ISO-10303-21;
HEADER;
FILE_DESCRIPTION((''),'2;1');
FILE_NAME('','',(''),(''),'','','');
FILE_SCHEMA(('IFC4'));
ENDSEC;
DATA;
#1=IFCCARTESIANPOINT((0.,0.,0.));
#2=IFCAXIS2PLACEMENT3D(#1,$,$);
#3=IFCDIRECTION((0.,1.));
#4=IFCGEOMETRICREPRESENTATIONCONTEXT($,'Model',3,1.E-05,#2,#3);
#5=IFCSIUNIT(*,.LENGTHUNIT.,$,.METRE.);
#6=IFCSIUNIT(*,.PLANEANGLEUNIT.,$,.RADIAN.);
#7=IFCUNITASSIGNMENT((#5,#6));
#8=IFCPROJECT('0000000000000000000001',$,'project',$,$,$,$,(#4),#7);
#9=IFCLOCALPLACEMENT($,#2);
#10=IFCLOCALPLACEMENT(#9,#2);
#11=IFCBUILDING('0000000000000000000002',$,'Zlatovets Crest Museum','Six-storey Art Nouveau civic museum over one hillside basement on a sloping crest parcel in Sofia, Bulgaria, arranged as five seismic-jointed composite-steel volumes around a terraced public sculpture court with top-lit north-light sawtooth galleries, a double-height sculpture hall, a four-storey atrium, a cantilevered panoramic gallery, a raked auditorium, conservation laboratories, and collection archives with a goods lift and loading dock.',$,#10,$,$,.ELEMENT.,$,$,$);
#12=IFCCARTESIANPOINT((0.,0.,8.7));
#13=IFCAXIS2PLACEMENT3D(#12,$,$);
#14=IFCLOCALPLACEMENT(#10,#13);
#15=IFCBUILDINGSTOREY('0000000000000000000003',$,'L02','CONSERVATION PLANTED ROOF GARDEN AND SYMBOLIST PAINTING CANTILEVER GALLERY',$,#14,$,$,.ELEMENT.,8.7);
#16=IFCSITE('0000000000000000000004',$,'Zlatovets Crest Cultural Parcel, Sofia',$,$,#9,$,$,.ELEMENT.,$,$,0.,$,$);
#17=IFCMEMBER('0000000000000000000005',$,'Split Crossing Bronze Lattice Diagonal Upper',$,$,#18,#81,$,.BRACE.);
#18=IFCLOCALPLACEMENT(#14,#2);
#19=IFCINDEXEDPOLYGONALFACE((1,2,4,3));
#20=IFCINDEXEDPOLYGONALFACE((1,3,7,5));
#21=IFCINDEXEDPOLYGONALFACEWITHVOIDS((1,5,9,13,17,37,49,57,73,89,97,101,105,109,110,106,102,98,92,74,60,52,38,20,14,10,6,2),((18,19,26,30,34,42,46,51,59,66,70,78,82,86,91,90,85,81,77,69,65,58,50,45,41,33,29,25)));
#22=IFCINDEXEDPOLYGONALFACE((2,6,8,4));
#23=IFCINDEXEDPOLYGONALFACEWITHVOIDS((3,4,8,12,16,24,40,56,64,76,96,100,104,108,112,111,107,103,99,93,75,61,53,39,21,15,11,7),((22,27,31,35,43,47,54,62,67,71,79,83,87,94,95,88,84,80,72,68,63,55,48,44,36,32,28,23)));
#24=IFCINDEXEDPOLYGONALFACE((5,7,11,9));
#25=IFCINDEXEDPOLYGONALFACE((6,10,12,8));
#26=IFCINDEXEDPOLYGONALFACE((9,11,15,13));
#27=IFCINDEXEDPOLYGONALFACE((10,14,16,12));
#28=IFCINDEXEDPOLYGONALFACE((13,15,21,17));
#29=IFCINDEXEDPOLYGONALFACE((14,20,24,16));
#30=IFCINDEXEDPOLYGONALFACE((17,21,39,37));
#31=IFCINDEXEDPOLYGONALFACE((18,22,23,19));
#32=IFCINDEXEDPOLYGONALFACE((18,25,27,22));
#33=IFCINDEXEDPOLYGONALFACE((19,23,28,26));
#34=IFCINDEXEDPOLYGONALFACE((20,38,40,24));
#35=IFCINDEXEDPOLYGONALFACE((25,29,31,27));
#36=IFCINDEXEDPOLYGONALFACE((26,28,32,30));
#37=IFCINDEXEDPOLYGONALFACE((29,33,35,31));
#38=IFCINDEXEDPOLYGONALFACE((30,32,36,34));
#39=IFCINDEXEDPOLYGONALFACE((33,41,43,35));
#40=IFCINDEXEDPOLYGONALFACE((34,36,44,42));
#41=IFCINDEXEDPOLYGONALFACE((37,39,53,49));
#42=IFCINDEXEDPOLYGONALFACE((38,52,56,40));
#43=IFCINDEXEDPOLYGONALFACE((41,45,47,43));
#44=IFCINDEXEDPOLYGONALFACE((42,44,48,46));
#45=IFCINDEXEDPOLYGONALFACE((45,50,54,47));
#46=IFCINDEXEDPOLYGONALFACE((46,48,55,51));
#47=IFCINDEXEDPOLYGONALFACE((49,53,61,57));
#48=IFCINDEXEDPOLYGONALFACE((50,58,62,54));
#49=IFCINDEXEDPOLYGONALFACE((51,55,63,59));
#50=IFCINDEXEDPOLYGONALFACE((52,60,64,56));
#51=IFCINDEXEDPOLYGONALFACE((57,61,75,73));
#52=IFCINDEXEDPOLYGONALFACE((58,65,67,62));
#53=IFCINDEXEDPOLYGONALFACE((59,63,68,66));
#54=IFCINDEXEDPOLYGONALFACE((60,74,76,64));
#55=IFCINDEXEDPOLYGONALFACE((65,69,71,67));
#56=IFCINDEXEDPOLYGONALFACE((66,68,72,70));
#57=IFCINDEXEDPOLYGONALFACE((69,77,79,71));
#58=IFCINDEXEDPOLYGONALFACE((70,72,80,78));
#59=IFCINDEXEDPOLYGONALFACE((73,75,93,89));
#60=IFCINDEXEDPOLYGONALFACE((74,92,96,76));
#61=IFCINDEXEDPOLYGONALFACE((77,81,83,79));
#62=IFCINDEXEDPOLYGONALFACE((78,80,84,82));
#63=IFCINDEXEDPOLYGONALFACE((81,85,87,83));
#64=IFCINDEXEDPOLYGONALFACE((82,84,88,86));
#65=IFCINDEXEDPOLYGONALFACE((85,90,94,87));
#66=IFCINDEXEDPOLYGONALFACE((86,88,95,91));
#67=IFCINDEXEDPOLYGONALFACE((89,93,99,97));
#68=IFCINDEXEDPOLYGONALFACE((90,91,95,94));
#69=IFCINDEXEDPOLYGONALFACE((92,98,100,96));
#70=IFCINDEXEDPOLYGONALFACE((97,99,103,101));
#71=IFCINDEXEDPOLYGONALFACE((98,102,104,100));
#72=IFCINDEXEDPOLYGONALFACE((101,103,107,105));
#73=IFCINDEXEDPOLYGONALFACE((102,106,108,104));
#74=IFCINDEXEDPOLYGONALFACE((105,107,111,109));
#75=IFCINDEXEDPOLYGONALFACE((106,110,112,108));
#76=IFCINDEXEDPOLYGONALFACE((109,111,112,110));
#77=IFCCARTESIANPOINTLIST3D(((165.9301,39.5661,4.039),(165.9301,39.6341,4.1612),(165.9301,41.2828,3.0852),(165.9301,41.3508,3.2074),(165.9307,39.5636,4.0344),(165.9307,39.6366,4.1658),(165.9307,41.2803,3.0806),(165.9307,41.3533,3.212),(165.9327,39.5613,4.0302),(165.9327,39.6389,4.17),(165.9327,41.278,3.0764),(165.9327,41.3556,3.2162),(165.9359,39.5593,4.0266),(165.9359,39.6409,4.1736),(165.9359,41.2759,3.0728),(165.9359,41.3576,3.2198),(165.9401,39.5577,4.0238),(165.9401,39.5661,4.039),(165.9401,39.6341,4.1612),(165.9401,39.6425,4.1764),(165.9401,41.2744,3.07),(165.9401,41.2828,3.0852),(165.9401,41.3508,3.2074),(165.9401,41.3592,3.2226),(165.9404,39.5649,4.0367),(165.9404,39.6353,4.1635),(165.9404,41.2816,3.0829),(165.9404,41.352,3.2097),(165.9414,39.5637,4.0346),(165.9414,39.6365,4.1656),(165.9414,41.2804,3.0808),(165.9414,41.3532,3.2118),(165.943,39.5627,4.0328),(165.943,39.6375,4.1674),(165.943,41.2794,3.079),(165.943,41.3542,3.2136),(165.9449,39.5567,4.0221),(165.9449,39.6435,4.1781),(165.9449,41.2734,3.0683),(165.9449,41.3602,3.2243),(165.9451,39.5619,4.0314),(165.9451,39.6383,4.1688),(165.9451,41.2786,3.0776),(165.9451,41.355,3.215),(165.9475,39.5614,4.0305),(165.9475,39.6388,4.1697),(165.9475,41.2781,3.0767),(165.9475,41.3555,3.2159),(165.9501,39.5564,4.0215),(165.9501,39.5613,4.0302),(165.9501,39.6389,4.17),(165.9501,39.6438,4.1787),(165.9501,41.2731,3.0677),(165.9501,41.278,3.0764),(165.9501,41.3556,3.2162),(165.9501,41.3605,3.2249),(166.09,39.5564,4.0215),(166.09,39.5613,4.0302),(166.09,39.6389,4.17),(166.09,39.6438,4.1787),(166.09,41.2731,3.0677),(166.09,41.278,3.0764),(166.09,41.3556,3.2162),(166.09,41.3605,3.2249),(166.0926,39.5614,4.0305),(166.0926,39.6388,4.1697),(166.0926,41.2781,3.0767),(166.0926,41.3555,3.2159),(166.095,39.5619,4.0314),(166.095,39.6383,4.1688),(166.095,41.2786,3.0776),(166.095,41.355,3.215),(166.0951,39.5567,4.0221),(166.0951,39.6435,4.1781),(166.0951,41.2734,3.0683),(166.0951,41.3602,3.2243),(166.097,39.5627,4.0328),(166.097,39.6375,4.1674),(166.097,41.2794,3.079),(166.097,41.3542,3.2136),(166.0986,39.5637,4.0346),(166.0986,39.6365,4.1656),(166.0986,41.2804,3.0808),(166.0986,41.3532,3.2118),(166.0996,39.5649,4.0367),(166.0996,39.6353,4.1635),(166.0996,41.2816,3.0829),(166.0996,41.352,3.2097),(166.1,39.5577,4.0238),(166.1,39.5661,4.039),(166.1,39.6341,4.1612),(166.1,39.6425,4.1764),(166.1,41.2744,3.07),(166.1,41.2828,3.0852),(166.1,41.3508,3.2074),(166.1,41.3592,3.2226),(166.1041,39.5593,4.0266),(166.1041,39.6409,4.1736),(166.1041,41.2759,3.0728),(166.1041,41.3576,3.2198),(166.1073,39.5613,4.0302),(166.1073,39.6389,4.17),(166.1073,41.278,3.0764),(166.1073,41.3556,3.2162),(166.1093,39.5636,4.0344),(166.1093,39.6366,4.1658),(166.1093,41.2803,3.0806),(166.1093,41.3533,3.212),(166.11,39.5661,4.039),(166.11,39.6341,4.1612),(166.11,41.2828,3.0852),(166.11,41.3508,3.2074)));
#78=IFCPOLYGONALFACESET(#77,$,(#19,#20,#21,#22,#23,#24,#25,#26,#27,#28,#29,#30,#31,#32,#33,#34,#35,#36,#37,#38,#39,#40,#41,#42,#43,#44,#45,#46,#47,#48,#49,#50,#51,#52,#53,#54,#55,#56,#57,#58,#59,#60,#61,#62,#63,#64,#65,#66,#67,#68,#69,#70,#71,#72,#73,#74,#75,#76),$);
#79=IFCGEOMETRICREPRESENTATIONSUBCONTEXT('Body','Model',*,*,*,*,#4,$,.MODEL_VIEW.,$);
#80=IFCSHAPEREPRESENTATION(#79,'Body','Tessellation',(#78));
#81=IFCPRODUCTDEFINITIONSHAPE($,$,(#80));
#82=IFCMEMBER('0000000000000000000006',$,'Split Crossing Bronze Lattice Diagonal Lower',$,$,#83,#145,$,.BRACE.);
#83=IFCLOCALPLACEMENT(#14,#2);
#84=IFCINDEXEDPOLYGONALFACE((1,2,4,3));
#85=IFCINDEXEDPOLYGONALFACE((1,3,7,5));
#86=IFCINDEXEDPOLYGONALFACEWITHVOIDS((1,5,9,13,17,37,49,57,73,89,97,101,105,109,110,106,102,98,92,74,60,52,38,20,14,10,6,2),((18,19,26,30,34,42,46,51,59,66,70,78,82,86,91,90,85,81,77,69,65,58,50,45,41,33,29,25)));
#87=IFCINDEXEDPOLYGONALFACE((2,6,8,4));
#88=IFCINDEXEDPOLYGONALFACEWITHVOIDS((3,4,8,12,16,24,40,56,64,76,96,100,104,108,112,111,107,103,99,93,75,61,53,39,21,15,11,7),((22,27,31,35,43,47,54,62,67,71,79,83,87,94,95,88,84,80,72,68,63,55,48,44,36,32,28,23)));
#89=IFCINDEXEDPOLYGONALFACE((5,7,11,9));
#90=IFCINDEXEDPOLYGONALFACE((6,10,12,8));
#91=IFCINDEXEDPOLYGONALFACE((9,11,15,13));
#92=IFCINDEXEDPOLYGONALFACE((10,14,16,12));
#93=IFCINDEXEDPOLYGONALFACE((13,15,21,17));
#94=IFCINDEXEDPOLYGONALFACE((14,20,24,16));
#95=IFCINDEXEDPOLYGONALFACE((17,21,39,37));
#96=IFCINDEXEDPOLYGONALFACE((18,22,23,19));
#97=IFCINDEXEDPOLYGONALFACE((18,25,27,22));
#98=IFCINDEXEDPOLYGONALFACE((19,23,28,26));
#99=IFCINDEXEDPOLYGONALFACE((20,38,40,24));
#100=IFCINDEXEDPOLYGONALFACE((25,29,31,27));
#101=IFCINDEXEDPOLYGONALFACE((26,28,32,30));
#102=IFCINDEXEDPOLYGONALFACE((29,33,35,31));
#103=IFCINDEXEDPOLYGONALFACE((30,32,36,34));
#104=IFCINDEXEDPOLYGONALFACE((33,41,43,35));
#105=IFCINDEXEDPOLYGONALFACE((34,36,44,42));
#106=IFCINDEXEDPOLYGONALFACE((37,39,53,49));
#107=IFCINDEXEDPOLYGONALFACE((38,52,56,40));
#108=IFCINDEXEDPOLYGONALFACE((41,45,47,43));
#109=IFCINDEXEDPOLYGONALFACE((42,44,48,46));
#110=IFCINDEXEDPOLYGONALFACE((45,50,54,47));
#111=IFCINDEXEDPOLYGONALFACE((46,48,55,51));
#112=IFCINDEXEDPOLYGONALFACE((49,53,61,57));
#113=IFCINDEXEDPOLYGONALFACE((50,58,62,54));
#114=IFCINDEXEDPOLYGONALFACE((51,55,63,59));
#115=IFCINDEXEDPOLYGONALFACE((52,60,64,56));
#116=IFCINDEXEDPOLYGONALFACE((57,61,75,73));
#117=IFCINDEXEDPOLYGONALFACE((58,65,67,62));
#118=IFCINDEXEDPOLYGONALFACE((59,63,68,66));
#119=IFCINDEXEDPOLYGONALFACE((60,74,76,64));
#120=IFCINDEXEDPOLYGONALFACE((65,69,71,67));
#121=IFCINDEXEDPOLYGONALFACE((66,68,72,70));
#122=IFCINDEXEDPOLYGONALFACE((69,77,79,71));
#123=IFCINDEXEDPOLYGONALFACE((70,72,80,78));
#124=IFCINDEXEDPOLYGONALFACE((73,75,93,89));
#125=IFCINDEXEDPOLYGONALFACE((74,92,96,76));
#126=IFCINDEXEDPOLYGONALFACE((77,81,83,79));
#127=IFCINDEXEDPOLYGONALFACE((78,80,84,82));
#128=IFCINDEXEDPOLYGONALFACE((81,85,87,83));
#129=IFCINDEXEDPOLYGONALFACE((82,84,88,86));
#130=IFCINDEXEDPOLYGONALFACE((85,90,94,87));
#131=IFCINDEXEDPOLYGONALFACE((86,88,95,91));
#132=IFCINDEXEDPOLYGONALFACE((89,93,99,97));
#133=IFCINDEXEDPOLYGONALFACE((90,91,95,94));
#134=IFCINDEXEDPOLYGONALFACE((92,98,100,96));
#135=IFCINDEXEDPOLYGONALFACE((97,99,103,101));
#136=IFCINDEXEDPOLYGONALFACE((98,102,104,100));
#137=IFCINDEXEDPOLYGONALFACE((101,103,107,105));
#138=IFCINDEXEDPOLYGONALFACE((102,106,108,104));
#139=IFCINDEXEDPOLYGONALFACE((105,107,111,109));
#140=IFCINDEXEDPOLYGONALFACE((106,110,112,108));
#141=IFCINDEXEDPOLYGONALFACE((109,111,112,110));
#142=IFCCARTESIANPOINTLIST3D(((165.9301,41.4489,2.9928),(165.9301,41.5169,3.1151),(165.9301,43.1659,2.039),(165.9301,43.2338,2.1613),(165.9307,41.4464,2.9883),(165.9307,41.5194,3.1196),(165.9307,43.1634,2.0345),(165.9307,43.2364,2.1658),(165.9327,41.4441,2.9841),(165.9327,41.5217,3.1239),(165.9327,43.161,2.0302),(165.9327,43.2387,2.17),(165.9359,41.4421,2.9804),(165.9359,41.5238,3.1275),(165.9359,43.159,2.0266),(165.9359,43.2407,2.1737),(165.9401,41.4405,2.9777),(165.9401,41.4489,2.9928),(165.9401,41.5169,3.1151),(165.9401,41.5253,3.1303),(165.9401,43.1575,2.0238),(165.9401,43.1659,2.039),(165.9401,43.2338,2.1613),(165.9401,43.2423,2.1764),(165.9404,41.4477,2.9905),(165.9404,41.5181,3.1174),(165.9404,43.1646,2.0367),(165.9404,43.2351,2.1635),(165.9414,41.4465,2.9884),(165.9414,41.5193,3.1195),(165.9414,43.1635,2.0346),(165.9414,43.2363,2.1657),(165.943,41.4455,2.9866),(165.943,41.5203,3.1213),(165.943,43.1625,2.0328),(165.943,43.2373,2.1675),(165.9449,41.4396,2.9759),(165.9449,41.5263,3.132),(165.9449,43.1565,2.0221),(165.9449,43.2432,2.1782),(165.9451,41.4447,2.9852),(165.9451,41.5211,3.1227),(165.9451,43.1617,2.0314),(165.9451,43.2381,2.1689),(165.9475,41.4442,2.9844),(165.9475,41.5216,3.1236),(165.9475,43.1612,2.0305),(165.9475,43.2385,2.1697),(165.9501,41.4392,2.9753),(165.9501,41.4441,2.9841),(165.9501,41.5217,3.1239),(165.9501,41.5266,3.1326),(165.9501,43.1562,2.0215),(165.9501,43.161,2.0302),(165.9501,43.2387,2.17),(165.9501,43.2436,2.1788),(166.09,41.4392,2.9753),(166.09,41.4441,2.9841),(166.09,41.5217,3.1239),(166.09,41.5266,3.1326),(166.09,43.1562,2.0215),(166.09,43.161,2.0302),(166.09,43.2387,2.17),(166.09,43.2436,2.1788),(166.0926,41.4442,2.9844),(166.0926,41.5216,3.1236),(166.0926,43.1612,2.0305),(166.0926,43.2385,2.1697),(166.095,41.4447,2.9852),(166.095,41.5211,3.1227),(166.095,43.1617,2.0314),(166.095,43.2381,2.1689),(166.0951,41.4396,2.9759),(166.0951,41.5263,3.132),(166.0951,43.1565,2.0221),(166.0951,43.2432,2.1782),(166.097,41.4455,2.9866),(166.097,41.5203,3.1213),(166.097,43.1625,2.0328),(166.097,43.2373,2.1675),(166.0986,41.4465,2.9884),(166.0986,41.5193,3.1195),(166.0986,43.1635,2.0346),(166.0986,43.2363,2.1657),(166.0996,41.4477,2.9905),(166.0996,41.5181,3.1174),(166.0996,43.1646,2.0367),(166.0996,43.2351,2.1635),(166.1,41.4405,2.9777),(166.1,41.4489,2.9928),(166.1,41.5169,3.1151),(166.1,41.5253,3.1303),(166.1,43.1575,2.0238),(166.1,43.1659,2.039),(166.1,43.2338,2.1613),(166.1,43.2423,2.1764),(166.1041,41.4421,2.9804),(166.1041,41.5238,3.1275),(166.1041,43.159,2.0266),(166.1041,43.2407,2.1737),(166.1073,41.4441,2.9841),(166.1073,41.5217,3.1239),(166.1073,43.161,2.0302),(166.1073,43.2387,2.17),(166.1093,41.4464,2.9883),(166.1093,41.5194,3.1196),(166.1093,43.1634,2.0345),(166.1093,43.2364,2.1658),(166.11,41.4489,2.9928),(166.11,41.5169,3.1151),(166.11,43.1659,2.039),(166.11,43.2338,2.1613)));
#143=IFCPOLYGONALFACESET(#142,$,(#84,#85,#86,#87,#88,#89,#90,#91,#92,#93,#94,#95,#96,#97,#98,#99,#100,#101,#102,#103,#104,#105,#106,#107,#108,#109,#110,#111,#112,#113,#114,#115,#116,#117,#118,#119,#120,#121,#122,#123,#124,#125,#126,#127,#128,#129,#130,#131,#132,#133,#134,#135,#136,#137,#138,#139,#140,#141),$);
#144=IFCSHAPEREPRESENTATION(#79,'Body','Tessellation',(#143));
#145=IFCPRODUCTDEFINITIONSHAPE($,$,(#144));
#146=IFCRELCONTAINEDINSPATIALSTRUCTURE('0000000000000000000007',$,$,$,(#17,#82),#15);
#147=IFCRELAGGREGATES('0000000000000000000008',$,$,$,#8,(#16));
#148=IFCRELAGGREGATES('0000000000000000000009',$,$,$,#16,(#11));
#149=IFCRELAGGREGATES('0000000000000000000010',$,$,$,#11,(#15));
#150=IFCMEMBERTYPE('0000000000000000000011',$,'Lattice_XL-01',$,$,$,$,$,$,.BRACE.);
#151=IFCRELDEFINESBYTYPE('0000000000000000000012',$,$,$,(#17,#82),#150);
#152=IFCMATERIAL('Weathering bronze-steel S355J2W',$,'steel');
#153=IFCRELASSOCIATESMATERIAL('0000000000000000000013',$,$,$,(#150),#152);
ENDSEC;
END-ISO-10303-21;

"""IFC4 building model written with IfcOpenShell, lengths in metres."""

from ifc_helpers import new_model, si_unit, direction, frame, origin, origin_2d, place, context, subcontext, project, spatial, hollow_rectangle, extrude, material, material_profile, profile_set, type_object, element, save


model = new_model("IFC4")

# Units and contexts
model_context = context("Model", 3, precision=1e-05, world=origin(), true_north=direction((0.0, 1.0)))
body_context = subcontext(model_context, "Body", "Model", "MODEL_VIEW")
ifc_project = project(units=[si_unit("LENGTHUNIT", "METRE"), si_unit("PLANEANGLEUNIT", "RADIAN")], contexts=[model_context])

# Site, building, storey
site_placement = place(None, origin())
site = spatial("IfcSite", under=ifc_project, at=site_placement, Name="Zlatovets Crest Cultural Parcel, Sofia", CompositionType="ELEMENT", RefElevation=0.0)
building_placement = place(site_placement, origin())
building = spatial("IfcBuilding", under=site, at=building_placement, Name="Zlatovets Crest Museum", Description="Six-storey Art Nouveau civic museum over one hillside basement on a sloping crest parcel in Sofia, Bulgaria, arranged as five seismic-jointed composite-steel volumes around a terraced public sculpture court with top-lit north-light sawtooth galleries, a double-height sculpture hall, a four-storey atrium, a cantilevered panoramic gallery, a raked auditorium, conservation laboratories, and collection archives with a goods lift and loading dock.", CompositionType="ELEMENT")
storey_placement = place(building_placement, frame((0.0, 0.0, 8.7)))
storey = spatial("IfcBuildingStorey", under=building, at=storey_placement, Name="L02", Description="CONSERVATION PLANTED ROOF GARDEN AND SYMBOLIST PAINTING CANTILEVER GALLERY", CompositionType="ELEMENT", Elevation=8.7)

# Members
ifc_material_1 = material(Name="Weathering bronze-steel S355J2W", Category="steel")
ifc_material_profile_1 = material_profile(ifc_material_1, hollow_rectangle(XDim=0.1799, YDim=0.1799, WallThickness=0.01, InnerFilletRadius=0.01, OuterFilletRadius=0.02, at=origin_2d()), Name="SHS 180x180x10.0")
ifc_profile_set_1 = profile_set([ifc_material_profile_1], Name="Weathering bronze-steel S355J2W")
member_type_1 = type_object("IfcMemberType", Name="Lattice_XL-01", PredefinedType="BRACE", material=ifc_profile_set_1)
member_1_placement = place(storey_placement, frame((166.02, 39.6001, 4.1001), z_axis=(0.0, 0.87414, -0.485675), x_axis=(-1.0, 0.0, 0.0)))
element("IfcMember", 1, at=member_1_placement, inside=storey, type_object=member_type_1, Name="Split Crossing Bronze Lattice Diagonal Upper", PredefinedType="BRACE", context=body_context, shape_type="SweptSolid", body=[
    extrude(hollow_rectangle(XDim=0.1799, YDim=0.1799, WallThickness=0.01, InnerFilletRadius=0.01, OuterFilletRadius=0.02, at=origin_2d()), origin(), (0.0, 0.0, 1.0), 1.9639),
])
member_2_placement = place(storey_placement, frame((166.02, 41.4829, 3.054), z_axis=(0.0, 0.874169, -0.485622), x_axis=(-1.0, 0.0, 0.0)))
element("IfcMember", 2, at=member_2_placement, inside=storey, type_object=member_type_1, Name="Split Crossing Bronze Lattice Diagonal Lower", PredefinedType="BRACE", context=body_context, shape_type="SweptSolid", body=[
    extrude(hollow_rectangle(XDim=0.1799, YDim=0.1799, WallThickness=0.01, InnerFilletRadius=0.01, OuterFilletRadius=0.02, at=origin_2d()), origin(), (0.0, 0.0, 1.0), 1.9641),
])

save(model, "model.ifc")
